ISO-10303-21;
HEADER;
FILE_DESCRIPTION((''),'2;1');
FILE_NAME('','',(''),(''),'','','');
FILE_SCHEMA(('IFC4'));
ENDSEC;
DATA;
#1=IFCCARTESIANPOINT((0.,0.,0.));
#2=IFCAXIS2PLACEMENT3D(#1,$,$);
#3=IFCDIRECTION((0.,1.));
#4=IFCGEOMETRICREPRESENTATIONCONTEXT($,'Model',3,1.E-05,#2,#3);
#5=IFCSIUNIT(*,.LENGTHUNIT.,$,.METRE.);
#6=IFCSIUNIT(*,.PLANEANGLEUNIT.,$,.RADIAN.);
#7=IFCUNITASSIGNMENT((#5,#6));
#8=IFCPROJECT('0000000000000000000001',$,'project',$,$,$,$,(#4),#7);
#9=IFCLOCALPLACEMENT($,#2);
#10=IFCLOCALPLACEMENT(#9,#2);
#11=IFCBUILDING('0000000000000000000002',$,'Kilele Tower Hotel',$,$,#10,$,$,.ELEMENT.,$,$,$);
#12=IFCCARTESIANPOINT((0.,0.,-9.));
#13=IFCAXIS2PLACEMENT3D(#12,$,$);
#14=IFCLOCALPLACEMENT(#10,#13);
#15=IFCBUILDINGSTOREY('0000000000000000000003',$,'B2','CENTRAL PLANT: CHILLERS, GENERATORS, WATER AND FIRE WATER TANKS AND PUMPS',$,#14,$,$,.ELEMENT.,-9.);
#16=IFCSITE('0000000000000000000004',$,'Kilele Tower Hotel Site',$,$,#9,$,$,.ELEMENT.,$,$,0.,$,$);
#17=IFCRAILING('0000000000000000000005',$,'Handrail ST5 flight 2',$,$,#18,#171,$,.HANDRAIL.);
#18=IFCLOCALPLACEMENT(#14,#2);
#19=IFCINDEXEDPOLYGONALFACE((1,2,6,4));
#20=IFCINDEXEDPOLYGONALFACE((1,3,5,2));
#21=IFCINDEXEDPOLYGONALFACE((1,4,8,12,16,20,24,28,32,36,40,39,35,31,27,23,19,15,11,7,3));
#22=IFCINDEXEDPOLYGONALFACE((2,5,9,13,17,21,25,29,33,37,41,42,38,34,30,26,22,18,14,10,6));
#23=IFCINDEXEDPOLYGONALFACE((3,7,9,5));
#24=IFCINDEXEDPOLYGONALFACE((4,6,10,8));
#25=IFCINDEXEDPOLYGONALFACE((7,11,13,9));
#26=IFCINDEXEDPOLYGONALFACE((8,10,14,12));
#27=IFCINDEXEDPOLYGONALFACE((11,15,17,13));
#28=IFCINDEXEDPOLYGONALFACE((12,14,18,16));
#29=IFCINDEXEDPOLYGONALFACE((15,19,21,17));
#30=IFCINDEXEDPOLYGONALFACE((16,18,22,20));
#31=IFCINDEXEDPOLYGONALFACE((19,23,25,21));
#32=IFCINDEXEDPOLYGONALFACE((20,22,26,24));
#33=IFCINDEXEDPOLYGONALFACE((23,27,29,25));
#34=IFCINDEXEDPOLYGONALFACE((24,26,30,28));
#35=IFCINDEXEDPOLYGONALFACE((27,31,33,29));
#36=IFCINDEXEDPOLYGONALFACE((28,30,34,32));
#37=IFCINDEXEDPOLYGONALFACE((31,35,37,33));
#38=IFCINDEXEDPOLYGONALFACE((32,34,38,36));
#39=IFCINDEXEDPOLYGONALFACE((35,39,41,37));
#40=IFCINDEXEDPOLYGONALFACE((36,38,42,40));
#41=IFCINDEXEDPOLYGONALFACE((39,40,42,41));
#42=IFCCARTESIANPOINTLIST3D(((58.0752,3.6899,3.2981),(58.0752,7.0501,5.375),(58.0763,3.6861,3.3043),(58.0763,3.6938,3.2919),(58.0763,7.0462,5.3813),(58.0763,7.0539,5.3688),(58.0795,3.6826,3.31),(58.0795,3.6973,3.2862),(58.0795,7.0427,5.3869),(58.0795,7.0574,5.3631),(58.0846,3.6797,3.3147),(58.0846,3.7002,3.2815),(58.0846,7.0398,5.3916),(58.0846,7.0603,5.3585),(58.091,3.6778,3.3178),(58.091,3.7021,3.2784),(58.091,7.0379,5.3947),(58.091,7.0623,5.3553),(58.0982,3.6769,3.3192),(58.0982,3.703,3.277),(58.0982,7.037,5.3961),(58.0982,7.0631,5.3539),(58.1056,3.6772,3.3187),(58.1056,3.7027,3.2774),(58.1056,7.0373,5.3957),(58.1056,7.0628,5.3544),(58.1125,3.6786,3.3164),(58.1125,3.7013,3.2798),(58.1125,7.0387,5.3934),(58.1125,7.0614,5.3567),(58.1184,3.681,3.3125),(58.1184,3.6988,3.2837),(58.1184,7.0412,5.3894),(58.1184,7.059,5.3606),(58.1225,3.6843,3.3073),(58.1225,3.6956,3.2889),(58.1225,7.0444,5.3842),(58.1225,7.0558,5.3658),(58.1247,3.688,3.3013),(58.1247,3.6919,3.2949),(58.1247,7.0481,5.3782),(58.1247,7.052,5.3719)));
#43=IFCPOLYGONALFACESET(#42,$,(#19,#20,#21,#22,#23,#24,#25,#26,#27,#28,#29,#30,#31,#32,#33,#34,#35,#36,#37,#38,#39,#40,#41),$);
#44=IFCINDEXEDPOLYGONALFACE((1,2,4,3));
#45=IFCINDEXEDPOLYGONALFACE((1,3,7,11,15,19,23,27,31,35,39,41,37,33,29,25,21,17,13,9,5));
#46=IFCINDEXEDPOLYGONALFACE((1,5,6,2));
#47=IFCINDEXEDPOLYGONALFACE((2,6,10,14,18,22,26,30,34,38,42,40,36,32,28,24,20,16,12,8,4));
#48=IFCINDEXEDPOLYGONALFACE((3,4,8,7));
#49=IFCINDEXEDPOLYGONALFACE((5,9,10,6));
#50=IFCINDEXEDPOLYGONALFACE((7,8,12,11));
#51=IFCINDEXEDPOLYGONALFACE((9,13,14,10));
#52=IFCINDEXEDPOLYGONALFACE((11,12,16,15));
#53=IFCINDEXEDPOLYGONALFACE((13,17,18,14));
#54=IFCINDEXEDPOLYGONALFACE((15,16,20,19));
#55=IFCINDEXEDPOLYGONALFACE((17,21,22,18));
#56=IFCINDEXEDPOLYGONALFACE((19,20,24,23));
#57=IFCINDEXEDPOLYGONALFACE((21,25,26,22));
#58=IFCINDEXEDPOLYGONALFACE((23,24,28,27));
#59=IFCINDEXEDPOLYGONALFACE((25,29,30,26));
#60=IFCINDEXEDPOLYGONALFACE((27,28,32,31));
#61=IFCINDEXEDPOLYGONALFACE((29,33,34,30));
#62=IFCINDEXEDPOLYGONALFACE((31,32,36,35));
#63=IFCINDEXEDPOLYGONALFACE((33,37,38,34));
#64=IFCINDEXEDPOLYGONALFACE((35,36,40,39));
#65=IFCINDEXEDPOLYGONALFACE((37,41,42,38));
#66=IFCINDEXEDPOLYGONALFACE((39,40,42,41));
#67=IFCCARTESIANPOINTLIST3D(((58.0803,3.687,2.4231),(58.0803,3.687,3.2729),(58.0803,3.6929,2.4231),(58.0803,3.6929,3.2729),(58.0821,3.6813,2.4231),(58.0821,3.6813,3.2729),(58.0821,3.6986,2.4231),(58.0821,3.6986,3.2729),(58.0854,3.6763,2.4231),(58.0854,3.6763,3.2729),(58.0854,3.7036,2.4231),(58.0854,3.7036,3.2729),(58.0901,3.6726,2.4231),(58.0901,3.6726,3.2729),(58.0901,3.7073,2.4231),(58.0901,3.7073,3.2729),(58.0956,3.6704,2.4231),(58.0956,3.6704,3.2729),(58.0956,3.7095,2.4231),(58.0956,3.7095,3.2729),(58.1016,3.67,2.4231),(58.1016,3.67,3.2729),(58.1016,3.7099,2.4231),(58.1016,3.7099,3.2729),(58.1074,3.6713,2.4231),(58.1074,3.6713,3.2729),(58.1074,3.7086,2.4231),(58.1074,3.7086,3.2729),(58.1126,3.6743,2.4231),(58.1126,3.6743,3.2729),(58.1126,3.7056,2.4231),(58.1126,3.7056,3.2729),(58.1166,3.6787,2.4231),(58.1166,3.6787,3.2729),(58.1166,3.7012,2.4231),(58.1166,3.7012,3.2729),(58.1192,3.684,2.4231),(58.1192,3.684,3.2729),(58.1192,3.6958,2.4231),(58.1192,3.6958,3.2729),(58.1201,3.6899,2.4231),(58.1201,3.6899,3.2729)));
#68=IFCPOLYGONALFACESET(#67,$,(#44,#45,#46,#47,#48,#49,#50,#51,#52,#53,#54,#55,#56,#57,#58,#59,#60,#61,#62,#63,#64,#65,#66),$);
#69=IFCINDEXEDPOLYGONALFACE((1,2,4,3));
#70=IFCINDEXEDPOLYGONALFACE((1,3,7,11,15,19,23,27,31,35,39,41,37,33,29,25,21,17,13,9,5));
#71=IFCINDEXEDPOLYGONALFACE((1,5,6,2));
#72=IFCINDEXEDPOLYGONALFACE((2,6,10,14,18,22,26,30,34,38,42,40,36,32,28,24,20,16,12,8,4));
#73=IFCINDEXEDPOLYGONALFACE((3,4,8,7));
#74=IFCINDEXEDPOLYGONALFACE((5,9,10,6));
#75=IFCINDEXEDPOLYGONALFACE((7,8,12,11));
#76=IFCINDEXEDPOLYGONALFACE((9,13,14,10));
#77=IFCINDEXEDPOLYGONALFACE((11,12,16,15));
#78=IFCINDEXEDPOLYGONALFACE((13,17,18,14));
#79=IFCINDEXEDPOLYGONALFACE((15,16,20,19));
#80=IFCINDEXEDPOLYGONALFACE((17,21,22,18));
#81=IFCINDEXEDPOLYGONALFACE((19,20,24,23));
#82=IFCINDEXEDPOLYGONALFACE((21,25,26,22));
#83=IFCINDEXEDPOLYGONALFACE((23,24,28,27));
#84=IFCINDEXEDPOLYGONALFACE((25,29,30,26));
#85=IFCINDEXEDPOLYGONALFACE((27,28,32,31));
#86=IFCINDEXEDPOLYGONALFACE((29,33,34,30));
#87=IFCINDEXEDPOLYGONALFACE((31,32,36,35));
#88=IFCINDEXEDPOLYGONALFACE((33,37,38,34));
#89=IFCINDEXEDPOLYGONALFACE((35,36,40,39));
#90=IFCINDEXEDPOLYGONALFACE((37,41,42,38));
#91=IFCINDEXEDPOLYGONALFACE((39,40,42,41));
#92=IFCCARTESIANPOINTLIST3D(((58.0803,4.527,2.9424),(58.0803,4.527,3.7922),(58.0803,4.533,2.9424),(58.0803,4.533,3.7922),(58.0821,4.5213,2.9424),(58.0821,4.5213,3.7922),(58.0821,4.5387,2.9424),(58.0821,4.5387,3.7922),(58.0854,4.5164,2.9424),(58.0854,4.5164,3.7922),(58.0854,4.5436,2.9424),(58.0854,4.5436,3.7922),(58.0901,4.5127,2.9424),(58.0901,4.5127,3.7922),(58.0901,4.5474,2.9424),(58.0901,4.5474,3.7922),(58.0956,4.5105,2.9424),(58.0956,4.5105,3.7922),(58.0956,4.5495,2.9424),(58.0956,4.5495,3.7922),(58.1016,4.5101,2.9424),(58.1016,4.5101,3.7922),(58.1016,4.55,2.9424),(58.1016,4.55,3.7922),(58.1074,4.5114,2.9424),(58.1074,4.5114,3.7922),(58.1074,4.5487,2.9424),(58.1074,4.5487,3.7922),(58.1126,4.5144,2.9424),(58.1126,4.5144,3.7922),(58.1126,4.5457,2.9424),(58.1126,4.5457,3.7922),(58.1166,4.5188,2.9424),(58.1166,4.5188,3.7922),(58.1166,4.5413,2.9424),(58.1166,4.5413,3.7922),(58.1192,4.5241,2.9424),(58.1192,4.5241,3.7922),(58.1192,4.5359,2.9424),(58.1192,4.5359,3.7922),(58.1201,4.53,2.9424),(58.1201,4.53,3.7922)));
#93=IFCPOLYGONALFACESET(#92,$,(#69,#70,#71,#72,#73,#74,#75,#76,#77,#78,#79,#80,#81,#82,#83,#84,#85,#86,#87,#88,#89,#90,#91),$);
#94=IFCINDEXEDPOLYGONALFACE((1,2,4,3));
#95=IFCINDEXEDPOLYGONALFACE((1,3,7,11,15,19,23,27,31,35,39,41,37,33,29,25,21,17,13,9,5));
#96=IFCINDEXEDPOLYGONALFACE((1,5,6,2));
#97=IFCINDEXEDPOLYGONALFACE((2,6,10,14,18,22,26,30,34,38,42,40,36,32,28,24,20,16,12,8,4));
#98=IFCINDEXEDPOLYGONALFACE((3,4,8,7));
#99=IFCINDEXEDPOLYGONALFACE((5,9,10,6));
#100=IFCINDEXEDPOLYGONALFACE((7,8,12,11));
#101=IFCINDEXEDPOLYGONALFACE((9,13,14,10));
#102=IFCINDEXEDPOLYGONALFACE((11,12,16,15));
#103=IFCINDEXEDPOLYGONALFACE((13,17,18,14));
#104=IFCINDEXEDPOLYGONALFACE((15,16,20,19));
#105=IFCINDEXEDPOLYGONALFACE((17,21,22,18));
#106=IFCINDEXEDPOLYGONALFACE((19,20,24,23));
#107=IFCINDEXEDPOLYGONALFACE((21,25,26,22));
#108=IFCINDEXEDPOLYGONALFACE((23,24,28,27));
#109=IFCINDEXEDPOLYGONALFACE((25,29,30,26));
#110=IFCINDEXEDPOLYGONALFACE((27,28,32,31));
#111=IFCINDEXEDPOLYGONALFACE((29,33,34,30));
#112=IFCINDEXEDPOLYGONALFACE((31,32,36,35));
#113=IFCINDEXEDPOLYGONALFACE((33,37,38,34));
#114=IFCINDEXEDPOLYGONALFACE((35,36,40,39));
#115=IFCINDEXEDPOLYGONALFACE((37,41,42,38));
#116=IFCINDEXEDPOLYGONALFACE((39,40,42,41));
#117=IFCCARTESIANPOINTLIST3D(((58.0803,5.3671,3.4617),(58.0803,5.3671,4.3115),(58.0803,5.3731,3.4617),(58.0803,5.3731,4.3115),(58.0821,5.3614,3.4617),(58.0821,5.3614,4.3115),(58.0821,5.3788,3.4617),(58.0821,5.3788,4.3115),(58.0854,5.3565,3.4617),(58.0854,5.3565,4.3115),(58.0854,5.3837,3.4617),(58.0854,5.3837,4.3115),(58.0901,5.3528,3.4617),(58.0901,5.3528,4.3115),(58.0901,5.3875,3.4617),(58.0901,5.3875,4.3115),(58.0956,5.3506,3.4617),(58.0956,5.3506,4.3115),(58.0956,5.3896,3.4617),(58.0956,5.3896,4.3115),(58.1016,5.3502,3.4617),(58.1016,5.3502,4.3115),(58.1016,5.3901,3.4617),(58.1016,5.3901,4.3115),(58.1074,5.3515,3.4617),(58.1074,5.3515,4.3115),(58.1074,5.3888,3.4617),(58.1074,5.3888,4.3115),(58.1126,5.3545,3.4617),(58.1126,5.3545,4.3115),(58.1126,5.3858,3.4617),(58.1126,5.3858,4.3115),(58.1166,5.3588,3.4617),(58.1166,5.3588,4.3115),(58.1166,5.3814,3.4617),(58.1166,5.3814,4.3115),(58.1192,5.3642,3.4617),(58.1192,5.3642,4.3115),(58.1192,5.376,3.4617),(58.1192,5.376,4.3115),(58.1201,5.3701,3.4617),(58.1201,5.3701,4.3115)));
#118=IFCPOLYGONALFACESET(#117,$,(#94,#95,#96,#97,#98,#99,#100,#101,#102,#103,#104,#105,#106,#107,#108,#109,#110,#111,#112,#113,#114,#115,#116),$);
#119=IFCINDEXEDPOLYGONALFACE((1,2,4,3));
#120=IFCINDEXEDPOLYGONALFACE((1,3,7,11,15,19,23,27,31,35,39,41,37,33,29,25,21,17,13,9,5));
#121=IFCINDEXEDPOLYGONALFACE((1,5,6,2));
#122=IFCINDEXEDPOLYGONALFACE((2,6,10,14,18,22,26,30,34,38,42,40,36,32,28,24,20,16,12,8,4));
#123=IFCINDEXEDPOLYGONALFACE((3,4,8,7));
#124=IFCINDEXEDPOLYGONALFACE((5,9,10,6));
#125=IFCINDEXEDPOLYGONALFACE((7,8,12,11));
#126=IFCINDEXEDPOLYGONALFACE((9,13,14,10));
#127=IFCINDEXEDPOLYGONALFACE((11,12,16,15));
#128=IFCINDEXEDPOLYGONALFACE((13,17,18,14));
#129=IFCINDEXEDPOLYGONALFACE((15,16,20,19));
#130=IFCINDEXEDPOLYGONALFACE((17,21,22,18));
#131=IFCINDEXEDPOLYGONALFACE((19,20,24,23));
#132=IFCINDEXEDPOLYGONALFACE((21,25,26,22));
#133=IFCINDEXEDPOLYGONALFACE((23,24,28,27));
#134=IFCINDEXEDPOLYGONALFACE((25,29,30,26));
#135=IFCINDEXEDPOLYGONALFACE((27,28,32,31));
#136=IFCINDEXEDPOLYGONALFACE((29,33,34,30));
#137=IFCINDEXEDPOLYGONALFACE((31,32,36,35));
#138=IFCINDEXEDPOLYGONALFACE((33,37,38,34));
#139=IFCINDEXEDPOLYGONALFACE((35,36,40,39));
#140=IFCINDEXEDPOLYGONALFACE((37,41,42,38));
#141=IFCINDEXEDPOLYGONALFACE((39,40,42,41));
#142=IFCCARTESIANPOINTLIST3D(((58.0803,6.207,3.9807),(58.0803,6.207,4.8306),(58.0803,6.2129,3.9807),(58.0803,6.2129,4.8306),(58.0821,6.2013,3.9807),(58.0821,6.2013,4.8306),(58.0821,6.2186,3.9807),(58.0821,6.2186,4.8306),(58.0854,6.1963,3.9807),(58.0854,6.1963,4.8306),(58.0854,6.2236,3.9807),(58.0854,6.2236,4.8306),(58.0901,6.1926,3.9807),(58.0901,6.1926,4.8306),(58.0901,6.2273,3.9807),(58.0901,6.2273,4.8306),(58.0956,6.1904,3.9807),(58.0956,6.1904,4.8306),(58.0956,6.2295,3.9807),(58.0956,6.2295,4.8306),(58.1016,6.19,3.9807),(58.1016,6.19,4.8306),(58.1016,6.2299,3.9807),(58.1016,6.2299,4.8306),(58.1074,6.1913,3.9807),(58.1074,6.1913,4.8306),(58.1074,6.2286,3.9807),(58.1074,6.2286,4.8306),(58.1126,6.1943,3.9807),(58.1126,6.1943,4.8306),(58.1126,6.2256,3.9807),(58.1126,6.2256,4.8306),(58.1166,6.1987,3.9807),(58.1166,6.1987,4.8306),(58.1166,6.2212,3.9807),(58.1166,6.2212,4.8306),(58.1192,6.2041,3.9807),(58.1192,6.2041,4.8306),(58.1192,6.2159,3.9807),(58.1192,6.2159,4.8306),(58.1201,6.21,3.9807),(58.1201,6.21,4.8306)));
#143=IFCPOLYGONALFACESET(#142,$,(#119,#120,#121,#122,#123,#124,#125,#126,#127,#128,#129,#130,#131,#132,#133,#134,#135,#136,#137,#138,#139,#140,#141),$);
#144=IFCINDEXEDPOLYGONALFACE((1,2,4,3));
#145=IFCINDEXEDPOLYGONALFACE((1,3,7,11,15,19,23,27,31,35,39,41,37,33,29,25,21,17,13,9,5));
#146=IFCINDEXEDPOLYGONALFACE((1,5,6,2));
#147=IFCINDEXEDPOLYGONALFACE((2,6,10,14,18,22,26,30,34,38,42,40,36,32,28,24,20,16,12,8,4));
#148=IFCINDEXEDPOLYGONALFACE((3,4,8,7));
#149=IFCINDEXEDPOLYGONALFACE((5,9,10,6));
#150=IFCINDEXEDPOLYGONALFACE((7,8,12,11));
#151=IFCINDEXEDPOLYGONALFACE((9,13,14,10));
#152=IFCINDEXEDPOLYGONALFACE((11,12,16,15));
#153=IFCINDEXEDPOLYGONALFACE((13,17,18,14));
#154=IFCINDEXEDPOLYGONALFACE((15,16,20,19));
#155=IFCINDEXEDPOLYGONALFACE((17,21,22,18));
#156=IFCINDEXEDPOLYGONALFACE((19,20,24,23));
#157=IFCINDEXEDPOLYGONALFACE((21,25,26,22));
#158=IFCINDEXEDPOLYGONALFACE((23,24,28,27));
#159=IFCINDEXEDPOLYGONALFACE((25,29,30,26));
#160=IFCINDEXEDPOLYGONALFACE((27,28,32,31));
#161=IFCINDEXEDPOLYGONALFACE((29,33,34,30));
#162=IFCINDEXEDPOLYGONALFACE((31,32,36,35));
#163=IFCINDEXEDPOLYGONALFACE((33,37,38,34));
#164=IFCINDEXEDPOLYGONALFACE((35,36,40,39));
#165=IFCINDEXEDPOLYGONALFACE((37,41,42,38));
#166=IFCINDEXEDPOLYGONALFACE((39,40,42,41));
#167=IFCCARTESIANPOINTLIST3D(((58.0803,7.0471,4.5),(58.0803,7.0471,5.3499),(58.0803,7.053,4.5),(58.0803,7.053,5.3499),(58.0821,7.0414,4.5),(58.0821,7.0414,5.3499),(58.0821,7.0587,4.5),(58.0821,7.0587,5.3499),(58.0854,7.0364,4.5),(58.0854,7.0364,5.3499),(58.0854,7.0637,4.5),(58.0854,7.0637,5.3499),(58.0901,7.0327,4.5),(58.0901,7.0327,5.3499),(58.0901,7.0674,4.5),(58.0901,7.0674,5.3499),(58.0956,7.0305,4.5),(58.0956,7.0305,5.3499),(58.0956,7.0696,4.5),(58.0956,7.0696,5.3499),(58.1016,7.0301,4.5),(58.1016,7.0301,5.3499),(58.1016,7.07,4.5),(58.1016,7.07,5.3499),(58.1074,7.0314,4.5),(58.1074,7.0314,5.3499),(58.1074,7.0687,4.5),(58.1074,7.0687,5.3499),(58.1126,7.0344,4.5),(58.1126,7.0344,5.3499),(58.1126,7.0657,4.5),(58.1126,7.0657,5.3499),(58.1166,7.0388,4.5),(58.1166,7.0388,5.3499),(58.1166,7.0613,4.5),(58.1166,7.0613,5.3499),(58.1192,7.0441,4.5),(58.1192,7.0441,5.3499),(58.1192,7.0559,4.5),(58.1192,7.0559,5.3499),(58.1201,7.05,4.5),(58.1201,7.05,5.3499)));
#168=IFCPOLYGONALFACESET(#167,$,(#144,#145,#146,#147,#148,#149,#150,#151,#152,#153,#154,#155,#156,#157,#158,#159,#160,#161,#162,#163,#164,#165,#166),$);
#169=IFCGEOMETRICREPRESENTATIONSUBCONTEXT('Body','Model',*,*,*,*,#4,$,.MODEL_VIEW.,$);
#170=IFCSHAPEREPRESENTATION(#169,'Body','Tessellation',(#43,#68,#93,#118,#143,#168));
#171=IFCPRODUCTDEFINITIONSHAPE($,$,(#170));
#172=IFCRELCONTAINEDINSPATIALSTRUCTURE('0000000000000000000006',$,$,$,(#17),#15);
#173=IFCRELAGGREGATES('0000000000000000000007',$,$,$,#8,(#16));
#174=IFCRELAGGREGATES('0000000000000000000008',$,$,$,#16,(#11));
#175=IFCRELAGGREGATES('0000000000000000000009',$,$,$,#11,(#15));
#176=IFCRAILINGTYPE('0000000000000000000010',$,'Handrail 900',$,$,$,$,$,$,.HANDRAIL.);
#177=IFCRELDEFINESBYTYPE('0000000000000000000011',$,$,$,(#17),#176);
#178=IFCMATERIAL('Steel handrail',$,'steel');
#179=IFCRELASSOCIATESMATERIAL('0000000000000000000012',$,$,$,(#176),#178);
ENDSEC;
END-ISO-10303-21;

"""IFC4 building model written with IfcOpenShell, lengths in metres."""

from ifc_helpers import new_model, si_unit, direction, frame, origin, origin_2d, place, context, subcontext, project, spatial, circle, extrude, material, type_object, element, save


model = new_model("IFC4")

# Units and contexts
model_context = context("Model", 3, precision=1e-05, world=origin(), true_north=direction((0.0, 1.0)))
body_context = subcontext(model_context, "Body", "Model", "MODEL_VIEW")
ifc_project = project(units=[si_unit("LENGTHUNIT", "METRE"), si_unit("PLANEANGLEUNIT", "RADIAN")], contexts=[model_context])

# Site, building, storey
site_placement = place(None, origin())
site = spatial("IfcSite", under=ifc_project, at=site_placement, Name="Kilele Tower Hotel Site", CompositionType="ELEMENT", RefElevation=0.0)
building_placement = place(site_placement, origin())
building = spatial("IfcBuilding", under=site, at=building_placement, Name="Kilele Tower Hotel", CompositionType="ELEMENT")
storey_placement = place(building_placement, frame((0.0, 0.0, -9.0)))
storey = spatial("IfcBuildingStorey", under=building, at=storey_placement, Name="B2", Description="CENTRAL PLANT: CHILLERS, GENERATORS, WATER AND FIRE WATER TANKS AND PUMPS", CompositionType="ELEMENT", Elevation=-9.0)

# Railing
ifc_material_1 = material(Name="Steel handrail", Category="steel")
railing_type_1 = type_object("IfcRailingType", Name="Handrail 900", PredefinedType="HANDRAIL", material=ifc_material_1)
for number, where, name in (
    (1, (58.1001, 3.6899, 2.4231), "Handrail ST5 flight 2"),
):
    element("IfcRailing", number, at=place(storey_placement, frame(where)), inside=storey, type_object=railing_type_1, Name=name, PredefinedType="HANDRAIL", context=body_context, shape_type="SweptSolid", body=[
        extrude(circle(Radius=0.0249, at=origin_2d()), frame((0.0, 0.0, 0.875), z_axis=(0.0, 0.850623, 0.525776), x_axis=(-1.0, 0.0, 0.0)), (0.0, 0.0, 1.0), 3.9502),
        extrude(circle(Radius=0.02, at=origin_2d()), origin(), (0.0, 0.0, 1.0), 0.8499),
        extrude(circle(Radius=0.02, at=origin_2d()), frame((0.0, 0.8401, 0.5193)), (0.0, 0.0, 1.0), 0.8499),
        extrude(circle(Radius=0.02, at=origin_2d()), frame((0.0, 1.6802, 1.0386)), (0.0, 0.0, 1.0), 0.8499),
        extrude(circle(Radius=0.02, at=origin_2d()), frame((0.0, 2.52, 1.5576)), (0.0, 0.0, 1.0), 0.8499),
        extrude(circle(Radius=0.02, at=origin_2d()), frame((0.0, 3.3601, 2.0769)), (0.0, 0.0, 1.0), 0.8499),
    ])

save(model, "model.ifc")
